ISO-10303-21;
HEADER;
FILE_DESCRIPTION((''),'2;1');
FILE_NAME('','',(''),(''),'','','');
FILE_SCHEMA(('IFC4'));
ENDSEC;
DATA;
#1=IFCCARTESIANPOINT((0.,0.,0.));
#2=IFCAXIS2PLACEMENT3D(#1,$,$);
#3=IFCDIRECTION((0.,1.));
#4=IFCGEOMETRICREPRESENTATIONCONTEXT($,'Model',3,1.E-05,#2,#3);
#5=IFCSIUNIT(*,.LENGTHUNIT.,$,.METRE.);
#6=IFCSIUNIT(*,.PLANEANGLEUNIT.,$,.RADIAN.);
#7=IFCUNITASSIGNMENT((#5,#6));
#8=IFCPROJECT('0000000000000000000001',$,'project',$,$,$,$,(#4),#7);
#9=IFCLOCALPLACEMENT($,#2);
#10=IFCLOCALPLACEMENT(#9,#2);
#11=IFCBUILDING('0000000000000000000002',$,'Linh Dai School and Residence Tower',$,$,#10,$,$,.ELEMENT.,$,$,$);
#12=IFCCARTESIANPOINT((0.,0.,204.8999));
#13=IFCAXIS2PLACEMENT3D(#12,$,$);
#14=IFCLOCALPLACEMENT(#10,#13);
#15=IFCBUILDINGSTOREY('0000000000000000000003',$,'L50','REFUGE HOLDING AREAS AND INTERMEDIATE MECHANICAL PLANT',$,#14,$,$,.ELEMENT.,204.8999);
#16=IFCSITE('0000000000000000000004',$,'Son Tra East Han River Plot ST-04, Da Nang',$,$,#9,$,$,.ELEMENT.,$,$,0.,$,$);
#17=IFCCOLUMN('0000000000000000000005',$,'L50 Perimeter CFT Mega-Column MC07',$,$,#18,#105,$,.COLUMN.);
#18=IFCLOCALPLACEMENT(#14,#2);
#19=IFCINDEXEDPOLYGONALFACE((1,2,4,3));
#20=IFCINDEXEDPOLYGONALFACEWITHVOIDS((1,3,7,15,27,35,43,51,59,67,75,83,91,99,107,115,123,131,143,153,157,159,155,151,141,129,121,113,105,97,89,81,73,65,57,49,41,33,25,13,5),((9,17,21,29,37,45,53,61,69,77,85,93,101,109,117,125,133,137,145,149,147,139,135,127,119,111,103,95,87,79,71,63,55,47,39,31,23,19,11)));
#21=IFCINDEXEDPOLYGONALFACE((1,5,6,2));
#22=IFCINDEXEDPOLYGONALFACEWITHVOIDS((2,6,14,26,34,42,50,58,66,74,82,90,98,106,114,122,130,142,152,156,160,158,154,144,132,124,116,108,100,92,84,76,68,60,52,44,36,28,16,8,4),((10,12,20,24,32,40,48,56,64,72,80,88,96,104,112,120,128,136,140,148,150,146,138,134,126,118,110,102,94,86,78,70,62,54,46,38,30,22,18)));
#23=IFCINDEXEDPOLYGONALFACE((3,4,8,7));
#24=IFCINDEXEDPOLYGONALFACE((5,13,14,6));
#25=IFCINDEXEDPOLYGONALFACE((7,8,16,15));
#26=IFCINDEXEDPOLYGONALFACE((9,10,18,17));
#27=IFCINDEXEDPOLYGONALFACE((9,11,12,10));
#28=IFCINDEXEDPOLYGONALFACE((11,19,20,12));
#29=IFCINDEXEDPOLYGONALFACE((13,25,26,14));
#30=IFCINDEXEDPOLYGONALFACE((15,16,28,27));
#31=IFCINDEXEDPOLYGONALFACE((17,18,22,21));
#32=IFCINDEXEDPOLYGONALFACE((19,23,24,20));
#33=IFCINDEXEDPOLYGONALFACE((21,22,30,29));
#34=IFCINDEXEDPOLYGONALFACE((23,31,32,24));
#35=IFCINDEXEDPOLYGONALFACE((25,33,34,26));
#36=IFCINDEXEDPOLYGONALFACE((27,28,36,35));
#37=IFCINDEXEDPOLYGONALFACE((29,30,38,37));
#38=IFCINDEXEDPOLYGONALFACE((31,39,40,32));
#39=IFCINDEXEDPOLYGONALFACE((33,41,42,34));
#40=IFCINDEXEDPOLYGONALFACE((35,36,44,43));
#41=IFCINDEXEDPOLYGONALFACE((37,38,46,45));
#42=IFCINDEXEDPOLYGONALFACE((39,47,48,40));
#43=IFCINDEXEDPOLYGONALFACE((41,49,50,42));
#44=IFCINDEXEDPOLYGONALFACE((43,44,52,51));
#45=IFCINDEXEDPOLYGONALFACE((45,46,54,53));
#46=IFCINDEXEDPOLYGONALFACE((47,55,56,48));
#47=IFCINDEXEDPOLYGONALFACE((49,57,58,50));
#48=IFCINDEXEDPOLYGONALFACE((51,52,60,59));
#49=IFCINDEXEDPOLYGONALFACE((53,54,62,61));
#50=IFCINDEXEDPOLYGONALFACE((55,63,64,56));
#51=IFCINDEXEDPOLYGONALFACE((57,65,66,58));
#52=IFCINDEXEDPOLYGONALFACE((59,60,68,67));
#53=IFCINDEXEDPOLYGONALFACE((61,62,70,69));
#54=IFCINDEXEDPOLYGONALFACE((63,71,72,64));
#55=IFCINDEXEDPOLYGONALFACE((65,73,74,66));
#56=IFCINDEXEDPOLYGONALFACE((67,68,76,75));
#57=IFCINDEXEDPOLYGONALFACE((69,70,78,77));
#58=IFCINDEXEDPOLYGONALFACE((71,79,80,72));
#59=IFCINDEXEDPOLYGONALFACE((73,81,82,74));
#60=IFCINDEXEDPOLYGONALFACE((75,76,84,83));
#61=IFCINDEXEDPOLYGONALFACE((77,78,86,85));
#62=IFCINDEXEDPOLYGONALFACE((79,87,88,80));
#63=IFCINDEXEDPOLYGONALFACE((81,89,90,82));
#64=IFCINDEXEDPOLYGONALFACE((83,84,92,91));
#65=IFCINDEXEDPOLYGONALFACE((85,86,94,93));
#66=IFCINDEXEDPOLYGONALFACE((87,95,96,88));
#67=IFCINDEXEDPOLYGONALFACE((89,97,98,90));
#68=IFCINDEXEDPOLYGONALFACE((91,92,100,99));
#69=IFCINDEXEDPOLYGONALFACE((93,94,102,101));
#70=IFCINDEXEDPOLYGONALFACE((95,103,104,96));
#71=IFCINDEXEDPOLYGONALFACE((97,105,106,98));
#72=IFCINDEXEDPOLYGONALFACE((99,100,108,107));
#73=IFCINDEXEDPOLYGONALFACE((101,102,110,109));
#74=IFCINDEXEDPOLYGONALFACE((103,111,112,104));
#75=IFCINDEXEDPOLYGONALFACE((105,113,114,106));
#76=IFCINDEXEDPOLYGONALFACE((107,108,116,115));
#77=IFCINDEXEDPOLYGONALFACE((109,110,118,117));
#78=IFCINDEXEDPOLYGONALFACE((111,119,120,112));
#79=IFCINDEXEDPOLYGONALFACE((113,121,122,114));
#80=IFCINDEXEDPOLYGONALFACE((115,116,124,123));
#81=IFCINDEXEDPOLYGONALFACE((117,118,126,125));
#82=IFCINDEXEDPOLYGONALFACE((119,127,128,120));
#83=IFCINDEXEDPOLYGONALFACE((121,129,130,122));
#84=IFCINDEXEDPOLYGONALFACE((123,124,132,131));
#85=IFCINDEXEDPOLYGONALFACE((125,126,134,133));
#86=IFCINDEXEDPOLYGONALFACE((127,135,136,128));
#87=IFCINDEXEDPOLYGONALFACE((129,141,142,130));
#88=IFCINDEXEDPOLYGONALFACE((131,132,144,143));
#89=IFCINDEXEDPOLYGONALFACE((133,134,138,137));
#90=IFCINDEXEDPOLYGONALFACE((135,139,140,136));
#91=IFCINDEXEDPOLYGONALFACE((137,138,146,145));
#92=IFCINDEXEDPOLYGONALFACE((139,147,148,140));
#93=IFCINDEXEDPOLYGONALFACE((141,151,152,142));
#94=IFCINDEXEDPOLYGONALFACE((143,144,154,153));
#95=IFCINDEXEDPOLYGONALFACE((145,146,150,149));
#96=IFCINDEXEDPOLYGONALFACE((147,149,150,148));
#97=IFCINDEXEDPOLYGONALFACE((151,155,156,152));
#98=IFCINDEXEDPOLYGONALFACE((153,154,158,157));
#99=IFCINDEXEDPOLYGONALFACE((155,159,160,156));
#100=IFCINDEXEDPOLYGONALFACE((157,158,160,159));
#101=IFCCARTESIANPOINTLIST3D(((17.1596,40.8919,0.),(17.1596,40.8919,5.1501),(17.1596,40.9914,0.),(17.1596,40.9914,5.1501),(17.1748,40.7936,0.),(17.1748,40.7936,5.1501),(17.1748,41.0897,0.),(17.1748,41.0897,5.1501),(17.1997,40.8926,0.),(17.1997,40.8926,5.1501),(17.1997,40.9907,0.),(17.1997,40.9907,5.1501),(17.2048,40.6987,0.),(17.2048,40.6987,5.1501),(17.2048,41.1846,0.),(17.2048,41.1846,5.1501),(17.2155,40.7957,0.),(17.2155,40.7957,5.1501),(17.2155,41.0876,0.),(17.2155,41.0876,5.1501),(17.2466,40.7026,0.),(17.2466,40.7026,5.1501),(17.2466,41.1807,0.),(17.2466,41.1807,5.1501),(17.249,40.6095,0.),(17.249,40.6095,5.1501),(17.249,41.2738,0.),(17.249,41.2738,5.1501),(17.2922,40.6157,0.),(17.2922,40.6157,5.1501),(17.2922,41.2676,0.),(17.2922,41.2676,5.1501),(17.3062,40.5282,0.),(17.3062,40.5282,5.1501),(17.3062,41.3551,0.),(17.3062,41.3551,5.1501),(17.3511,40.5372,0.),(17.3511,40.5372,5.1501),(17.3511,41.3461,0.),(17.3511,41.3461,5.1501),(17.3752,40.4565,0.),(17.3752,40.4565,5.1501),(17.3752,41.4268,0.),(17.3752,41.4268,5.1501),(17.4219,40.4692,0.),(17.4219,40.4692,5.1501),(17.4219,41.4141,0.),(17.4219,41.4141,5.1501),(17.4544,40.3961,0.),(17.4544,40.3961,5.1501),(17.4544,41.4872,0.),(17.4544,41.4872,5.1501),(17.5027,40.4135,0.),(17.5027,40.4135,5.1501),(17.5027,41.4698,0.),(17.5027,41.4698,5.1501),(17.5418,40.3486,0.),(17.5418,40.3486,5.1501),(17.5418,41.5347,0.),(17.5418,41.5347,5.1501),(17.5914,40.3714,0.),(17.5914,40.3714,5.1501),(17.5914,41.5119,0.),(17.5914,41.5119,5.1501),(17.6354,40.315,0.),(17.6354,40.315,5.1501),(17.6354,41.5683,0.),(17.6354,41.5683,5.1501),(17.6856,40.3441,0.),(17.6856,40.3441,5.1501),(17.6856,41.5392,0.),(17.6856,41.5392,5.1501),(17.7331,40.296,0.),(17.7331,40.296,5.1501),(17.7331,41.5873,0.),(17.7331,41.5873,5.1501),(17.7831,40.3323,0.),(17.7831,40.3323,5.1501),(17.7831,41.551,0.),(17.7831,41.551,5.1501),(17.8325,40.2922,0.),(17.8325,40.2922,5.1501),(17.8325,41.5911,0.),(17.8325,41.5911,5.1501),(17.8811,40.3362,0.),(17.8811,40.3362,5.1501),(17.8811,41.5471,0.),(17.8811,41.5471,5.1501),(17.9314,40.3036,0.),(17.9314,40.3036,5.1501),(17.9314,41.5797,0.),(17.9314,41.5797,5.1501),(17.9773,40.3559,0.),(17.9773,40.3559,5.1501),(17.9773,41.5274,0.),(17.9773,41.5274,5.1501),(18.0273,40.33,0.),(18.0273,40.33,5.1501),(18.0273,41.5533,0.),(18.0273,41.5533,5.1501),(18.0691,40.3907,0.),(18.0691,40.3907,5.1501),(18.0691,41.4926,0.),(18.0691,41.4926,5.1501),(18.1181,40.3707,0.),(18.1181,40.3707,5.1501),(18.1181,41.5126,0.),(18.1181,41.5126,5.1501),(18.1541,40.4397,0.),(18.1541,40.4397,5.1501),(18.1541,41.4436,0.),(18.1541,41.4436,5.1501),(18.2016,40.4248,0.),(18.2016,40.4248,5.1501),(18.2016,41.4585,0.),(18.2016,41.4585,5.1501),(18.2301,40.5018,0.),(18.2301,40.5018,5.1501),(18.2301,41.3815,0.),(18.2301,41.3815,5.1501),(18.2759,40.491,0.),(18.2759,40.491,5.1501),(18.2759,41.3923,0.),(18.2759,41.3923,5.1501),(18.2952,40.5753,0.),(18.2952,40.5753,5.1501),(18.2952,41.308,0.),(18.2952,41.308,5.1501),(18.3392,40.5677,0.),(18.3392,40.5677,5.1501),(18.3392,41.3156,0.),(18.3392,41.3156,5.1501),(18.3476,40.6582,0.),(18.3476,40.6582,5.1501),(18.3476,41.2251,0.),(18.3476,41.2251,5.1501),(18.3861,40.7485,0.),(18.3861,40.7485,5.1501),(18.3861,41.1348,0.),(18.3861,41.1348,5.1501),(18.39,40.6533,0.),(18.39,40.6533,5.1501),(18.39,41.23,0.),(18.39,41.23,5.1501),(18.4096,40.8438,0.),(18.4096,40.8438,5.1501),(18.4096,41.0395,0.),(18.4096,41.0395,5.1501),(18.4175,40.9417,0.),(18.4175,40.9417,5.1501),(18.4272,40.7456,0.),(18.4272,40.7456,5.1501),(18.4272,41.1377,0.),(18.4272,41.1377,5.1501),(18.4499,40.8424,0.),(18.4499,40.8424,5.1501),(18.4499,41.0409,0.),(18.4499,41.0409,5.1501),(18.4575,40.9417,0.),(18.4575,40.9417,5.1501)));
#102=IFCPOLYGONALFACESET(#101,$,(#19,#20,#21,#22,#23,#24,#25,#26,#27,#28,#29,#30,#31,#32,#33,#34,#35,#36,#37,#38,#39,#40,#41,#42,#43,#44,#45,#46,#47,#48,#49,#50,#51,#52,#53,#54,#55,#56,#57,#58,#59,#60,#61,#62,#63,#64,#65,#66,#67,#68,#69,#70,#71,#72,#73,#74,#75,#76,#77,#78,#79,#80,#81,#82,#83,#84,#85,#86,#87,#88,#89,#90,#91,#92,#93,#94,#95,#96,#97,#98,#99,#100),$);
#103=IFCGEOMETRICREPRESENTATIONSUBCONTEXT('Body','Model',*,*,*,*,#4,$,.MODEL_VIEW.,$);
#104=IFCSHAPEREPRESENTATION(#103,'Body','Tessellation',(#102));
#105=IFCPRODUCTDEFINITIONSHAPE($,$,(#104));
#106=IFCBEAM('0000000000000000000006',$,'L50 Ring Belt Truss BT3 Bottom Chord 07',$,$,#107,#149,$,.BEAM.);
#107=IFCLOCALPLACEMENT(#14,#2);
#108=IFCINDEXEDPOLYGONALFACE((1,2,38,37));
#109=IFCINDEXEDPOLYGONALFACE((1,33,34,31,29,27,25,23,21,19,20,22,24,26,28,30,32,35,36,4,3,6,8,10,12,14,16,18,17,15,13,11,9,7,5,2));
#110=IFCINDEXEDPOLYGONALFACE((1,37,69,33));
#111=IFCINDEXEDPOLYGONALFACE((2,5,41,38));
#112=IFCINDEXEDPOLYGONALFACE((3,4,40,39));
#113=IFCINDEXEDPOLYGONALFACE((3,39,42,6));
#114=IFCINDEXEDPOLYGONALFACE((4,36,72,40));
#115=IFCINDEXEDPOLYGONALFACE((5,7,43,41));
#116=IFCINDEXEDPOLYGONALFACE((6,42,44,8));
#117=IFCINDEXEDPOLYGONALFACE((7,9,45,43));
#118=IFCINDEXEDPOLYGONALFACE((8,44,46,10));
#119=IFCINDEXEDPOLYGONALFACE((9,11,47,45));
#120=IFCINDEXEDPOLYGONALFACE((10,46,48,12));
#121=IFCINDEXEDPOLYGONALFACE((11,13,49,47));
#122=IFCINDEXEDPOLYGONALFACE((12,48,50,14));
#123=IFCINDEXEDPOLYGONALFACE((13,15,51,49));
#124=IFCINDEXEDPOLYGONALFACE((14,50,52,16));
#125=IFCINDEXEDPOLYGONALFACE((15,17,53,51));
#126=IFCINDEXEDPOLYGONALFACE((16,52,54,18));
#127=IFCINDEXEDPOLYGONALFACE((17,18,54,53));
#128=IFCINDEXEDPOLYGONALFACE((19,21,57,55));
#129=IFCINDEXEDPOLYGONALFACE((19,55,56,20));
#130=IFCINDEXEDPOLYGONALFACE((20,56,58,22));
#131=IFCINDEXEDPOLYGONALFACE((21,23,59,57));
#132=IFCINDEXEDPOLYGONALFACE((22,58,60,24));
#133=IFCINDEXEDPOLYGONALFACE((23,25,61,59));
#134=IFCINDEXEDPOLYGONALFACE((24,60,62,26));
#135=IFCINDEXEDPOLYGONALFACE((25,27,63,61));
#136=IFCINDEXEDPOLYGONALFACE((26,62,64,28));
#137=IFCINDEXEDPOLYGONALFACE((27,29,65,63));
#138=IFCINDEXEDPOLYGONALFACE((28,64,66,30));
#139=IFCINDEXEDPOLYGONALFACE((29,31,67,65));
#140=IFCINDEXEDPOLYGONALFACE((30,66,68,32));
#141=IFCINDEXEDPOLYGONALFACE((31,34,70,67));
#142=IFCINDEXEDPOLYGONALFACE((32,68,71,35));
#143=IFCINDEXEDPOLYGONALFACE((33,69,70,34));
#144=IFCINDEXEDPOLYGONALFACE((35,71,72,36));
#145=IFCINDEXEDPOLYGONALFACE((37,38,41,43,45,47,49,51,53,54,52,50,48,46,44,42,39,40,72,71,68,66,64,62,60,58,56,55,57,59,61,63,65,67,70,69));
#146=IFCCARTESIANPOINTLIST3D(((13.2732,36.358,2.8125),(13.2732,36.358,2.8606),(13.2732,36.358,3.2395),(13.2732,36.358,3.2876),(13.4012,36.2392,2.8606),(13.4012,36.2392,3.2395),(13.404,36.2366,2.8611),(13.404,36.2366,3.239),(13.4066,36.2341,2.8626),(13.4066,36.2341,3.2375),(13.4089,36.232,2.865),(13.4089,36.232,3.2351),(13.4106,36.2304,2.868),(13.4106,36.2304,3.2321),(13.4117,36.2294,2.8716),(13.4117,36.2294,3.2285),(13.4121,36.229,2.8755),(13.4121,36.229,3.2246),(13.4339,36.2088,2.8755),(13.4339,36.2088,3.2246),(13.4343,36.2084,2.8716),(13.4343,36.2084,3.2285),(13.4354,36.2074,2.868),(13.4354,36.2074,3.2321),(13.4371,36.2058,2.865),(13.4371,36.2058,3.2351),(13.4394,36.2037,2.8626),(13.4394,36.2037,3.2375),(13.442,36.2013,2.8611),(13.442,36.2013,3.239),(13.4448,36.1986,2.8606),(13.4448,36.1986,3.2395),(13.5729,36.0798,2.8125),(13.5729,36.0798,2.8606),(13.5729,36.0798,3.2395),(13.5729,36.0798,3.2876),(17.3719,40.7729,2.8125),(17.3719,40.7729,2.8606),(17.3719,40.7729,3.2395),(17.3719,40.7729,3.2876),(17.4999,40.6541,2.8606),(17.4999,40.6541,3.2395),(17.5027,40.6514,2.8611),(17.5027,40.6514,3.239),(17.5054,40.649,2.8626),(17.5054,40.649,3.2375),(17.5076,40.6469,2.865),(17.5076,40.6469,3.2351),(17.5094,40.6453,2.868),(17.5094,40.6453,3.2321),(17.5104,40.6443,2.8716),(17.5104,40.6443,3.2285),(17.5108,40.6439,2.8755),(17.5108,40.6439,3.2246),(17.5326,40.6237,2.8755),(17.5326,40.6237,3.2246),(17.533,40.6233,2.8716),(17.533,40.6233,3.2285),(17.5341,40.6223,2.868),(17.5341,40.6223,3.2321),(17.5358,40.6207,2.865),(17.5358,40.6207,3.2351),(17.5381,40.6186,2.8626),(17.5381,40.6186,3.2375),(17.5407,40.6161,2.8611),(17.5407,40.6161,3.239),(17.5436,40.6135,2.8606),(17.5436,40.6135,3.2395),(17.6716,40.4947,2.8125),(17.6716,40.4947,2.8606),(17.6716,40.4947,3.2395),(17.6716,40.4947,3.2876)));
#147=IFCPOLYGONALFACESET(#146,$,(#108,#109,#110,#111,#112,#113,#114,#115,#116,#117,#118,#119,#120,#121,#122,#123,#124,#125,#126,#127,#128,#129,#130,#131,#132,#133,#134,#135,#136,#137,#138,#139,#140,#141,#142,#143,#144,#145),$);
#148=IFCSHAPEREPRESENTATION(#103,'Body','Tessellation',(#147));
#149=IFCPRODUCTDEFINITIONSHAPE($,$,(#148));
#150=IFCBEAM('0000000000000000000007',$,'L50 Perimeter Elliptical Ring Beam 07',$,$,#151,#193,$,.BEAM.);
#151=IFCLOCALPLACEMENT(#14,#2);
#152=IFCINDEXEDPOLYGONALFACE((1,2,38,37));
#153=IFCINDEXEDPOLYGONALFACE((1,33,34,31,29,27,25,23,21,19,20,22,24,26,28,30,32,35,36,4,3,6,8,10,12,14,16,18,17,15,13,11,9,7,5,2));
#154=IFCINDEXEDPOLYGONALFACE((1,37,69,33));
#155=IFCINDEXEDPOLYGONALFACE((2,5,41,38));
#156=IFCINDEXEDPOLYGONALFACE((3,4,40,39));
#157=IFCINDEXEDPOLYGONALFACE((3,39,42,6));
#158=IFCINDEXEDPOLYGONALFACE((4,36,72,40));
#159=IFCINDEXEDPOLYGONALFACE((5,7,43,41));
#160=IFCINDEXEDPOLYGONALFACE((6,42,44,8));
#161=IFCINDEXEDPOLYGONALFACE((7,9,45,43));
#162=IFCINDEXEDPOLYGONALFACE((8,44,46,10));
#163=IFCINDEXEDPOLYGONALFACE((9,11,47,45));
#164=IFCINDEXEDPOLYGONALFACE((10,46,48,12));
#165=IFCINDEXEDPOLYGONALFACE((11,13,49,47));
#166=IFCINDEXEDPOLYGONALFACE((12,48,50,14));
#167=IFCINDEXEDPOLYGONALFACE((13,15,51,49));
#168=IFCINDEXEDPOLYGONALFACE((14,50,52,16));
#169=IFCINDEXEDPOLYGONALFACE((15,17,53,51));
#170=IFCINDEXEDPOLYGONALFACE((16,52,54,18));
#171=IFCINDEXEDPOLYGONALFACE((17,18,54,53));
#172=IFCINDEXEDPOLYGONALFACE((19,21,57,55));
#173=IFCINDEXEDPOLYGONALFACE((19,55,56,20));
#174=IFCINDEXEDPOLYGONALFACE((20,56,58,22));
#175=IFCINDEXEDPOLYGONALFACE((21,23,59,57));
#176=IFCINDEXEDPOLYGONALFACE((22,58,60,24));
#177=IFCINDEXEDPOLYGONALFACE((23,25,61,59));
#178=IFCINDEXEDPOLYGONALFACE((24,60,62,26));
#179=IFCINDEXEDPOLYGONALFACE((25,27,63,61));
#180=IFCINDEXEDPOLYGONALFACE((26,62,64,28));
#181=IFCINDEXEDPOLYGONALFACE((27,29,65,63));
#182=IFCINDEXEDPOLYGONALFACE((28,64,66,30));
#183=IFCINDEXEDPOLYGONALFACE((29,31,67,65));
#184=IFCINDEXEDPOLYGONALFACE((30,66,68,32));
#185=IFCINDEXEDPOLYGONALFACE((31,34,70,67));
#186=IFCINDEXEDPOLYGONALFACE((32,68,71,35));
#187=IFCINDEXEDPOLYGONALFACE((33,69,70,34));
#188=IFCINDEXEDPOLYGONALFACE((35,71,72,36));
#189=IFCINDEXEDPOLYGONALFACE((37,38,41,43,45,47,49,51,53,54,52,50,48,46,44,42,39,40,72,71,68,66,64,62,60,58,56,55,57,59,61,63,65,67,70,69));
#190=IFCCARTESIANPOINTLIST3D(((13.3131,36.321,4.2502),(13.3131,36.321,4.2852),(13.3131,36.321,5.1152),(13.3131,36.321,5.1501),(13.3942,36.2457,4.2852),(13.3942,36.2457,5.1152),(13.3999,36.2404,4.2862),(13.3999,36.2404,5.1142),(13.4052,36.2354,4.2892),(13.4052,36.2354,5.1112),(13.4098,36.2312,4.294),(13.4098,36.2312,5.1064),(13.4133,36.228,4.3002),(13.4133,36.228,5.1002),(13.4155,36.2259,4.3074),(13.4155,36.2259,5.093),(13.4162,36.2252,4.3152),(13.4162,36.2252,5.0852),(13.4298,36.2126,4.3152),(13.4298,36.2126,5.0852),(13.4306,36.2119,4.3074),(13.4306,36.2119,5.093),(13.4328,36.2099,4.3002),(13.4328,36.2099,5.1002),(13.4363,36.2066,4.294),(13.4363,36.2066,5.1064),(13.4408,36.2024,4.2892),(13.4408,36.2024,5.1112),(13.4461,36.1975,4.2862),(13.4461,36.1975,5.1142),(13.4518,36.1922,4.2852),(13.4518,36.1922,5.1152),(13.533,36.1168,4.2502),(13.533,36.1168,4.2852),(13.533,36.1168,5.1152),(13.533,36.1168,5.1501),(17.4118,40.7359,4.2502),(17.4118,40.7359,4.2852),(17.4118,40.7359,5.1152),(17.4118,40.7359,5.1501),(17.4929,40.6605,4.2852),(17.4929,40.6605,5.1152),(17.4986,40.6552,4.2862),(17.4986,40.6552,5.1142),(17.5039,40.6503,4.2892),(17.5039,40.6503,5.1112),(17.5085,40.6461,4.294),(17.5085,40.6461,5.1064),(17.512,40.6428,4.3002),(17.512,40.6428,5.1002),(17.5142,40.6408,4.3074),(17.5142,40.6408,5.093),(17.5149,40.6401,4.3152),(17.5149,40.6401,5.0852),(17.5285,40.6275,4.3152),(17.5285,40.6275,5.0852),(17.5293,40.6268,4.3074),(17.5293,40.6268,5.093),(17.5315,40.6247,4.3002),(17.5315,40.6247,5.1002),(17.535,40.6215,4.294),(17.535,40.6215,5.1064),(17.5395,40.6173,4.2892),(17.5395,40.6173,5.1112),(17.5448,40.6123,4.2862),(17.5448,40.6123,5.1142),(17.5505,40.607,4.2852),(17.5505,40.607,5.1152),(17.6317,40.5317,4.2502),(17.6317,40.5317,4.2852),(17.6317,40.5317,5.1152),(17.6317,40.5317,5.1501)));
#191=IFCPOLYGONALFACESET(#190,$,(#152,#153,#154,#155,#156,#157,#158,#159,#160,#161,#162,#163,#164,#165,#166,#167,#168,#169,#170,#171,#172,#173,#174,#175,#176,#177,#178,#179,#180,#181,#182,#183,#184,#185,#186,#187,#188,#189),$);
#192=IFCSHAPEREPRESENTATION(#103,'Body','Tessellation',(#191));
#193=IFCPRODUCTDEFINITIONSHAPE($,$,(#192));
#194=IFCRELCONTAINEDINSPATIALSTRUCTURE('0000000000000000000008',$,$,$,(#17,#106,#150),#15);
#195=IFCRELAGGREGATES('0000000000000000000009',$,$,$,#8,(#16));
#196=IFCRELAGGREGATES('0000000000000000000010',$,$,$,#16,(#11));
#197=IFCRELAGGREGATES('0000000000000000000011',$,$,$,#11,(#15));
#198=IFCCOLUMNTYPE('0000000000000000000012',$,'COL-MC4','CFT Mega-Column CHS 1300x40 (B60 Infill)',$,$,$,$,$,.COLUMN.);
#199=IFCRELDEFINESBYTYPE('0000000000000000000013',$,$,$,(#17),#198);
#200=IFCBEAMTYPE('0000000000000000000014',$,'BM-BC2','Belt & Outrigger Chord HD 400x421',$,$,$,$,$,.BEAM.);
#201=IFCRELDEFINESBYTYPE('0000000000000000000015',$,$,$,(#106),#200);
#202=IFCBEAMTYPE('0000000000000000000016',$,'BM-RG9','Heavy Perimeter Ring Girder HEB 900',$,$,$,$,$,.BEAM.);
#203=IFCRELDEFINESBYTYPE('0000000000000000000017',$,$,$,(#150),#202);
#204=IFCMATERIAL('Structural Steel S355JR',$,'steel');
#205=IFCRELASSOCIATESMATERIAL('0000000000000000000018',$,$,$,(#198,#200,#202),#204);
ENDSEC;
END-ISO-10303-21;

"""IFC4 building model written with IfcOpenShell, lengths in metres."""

from ifc_helpers import new_model, si_unit, direction, frame, origin, origin_2d, place, context, subcontext, project, spatial, hollow_circle, i_section, extrude, material, material_profile, profile_set, type_object, element, save


model = new_model("IFC4")

# Units and contexts
model_context = context("Model", 3, precision=1e-05, world=origin(), true_north=direction((0.0, 1.0)))
body_context = subcontext(model_context, "Body", "Model", "MODEL_VIEW")
ifc_project = project(units=[si_unit("LENGTHUNIT", "METRE"), si_unit("PLANEANGLEUNIT", "RADIAN")], contexts=[model_context])

# Site, building, storey
site_placement = place(None, origin())
site = spatial("IfcSite", under=ifc_project, at=site_placement, Name="Son Tra East Han River Plot ST-04, Da Nang", CompositionType="ELEMENT", RefElevation=0.0)
building_placement = place(site_placement, origin())
building = spatial("IfcBuilding", under=site, at=building_placement, Name="Linh Dai School and Residence Tower", CompositionType="ELEMENT")
storey_placement = place(building_placement, frame((0.0, 0.0, 204.8999)))
storey = spatial("IfcBuildingStorey", under=building, at=storey_placement, Name="L50", Description="REFUGE HOLDING AREAS AND INTERMEDIATE MECHANICAL PLANT", CompositionType="ELEMENT", Elevation=204.8999)

# Column
ifc_material_1 = material(Name="Structural Steel S355JR", Category="steel")
ifc_material_profile_1 = material_profile(ifc_material_1, hollow_circle(Radius=0.6499, WallThickness=0.04, at=origin_2d()), Name="CHS 1300x40")
ifc_profile_set_1 = profile_set([ifc_material_profile_1], Name="Structural Steel S355JR")
column_type = type_object("IfcColumnType", Name="COL-MC4", Description="CFT Mega-Column CHS 1300x40 (B60 Infill)", PredefinedType="COLUMN", material=ifc_profile_set_1)
column_placement = place(storey_placement, frame((17.8076, 40.9417, 0.0), z_axis=(0.0, 0.0, 1.0), x_axis=(1.0, 0.0, 0.0)))
element("IfcColumn", 1, at=column_placement, inside=storey, type_object=column_type, Name="L50 Perimeter CFT Mega-Column MC07", PredefinedType="COLUMN", context=body_context, shape_type="SweptSolid", body=[
    extrude(hollow_circle(Radius=0.6499, WallThickness=0.04, at=origin_2d()), origin(), (0.0, 0.0, 1.0), 5.1501),
])

# Beams
ifc_material_profile_2 = material_profile(ifc_material_1, i_section(OverallWidth=0.4089, OverallDepth=0.4751, WebThickness=0.0298, FlangeThickness=0.0481, FilletRadius=0.0149, at=origin_2d()), Name="HD 400x421")
ifc_profile_set_2 = profile_set([ifc_material_profile_2], Name="Structural Steel S355JR")
beam_type_1 = type_object("IfcBeamType", Name="BM-BC2", Description="Belt & Outrigger Chord HD 400x421", PredefinedType="BEAM", material=ifc_profile_set_2)
beam_1_placement = place(storey_placement, frame((17.5217, 40.6338, 3.05), z_axis=(-0.680378, -0.732861, 0.0), x_axis=(0.732861, -0.680378, 0.0)))
element("IfcBeam", 2, at=beam_1_placement, inside=storey, type_object=beam_type_1, Name="L50 Ring Belt Truss BT3 Bottom Chord 07", PredefinedType="BEAM", context=body_context, shape_type="SweptSolid", body=[
    extrude(i_section(OverallWidth=0.4089, OverallDepth=0.4751, WebThickness=0.0298, FlangeThickness=0.0481, FilletRadius=0.0149, at=origin_2d()), origin(), (0.0, 0.0, 1.0), 6.0242),
])
ifc_material_profile_3 = material_profile(ifc_material_1, i_section(OverallWidth=0.3, OverallDepth=0.8999, WebThickness=0.0186, FlangeThickness=0.0349, FilletRadius=0.03, at=origin_2d()), Name="HEB 900")
ifc_profile_set_3 = profile_set([ifc_material_profile_3], Name="Structural Steel S355JR")
beam_type_2 = type_object("IfcBeamType", Name="BM-RG9", Description="Heavy Perimeter Ring Girder HEB 900", PredefinedType="BEAM", material=ifc_profile_set_3)
beam_2_placement = place(storey_placement, frame((17.5217, 40.6338, 4.7002), z_axis=(-0.680378, -0.732861, 0.0), x_axis=(0.732861, -0.680378, 0.0)))
element("IfcBeam", 3, at=beam_2_placement, inside=storey, type_object=beam_type_2, Name="L50 Perimeter Elliptical Ring Beam 07", PredefinedType="BEAM", context=body_context, shape_type="SweptSolid", body=[
    extrude(i_section(OverallWidth=0.3, OverallDepth=0.8999, WebThickness=0.0186, FlangeThickness=0.0349, FilletRadius=0.03, at=origin_2d()), origin(), (0.0, 0.0, 1.0), 6.0242),
])

save(model, "model.ifc")
